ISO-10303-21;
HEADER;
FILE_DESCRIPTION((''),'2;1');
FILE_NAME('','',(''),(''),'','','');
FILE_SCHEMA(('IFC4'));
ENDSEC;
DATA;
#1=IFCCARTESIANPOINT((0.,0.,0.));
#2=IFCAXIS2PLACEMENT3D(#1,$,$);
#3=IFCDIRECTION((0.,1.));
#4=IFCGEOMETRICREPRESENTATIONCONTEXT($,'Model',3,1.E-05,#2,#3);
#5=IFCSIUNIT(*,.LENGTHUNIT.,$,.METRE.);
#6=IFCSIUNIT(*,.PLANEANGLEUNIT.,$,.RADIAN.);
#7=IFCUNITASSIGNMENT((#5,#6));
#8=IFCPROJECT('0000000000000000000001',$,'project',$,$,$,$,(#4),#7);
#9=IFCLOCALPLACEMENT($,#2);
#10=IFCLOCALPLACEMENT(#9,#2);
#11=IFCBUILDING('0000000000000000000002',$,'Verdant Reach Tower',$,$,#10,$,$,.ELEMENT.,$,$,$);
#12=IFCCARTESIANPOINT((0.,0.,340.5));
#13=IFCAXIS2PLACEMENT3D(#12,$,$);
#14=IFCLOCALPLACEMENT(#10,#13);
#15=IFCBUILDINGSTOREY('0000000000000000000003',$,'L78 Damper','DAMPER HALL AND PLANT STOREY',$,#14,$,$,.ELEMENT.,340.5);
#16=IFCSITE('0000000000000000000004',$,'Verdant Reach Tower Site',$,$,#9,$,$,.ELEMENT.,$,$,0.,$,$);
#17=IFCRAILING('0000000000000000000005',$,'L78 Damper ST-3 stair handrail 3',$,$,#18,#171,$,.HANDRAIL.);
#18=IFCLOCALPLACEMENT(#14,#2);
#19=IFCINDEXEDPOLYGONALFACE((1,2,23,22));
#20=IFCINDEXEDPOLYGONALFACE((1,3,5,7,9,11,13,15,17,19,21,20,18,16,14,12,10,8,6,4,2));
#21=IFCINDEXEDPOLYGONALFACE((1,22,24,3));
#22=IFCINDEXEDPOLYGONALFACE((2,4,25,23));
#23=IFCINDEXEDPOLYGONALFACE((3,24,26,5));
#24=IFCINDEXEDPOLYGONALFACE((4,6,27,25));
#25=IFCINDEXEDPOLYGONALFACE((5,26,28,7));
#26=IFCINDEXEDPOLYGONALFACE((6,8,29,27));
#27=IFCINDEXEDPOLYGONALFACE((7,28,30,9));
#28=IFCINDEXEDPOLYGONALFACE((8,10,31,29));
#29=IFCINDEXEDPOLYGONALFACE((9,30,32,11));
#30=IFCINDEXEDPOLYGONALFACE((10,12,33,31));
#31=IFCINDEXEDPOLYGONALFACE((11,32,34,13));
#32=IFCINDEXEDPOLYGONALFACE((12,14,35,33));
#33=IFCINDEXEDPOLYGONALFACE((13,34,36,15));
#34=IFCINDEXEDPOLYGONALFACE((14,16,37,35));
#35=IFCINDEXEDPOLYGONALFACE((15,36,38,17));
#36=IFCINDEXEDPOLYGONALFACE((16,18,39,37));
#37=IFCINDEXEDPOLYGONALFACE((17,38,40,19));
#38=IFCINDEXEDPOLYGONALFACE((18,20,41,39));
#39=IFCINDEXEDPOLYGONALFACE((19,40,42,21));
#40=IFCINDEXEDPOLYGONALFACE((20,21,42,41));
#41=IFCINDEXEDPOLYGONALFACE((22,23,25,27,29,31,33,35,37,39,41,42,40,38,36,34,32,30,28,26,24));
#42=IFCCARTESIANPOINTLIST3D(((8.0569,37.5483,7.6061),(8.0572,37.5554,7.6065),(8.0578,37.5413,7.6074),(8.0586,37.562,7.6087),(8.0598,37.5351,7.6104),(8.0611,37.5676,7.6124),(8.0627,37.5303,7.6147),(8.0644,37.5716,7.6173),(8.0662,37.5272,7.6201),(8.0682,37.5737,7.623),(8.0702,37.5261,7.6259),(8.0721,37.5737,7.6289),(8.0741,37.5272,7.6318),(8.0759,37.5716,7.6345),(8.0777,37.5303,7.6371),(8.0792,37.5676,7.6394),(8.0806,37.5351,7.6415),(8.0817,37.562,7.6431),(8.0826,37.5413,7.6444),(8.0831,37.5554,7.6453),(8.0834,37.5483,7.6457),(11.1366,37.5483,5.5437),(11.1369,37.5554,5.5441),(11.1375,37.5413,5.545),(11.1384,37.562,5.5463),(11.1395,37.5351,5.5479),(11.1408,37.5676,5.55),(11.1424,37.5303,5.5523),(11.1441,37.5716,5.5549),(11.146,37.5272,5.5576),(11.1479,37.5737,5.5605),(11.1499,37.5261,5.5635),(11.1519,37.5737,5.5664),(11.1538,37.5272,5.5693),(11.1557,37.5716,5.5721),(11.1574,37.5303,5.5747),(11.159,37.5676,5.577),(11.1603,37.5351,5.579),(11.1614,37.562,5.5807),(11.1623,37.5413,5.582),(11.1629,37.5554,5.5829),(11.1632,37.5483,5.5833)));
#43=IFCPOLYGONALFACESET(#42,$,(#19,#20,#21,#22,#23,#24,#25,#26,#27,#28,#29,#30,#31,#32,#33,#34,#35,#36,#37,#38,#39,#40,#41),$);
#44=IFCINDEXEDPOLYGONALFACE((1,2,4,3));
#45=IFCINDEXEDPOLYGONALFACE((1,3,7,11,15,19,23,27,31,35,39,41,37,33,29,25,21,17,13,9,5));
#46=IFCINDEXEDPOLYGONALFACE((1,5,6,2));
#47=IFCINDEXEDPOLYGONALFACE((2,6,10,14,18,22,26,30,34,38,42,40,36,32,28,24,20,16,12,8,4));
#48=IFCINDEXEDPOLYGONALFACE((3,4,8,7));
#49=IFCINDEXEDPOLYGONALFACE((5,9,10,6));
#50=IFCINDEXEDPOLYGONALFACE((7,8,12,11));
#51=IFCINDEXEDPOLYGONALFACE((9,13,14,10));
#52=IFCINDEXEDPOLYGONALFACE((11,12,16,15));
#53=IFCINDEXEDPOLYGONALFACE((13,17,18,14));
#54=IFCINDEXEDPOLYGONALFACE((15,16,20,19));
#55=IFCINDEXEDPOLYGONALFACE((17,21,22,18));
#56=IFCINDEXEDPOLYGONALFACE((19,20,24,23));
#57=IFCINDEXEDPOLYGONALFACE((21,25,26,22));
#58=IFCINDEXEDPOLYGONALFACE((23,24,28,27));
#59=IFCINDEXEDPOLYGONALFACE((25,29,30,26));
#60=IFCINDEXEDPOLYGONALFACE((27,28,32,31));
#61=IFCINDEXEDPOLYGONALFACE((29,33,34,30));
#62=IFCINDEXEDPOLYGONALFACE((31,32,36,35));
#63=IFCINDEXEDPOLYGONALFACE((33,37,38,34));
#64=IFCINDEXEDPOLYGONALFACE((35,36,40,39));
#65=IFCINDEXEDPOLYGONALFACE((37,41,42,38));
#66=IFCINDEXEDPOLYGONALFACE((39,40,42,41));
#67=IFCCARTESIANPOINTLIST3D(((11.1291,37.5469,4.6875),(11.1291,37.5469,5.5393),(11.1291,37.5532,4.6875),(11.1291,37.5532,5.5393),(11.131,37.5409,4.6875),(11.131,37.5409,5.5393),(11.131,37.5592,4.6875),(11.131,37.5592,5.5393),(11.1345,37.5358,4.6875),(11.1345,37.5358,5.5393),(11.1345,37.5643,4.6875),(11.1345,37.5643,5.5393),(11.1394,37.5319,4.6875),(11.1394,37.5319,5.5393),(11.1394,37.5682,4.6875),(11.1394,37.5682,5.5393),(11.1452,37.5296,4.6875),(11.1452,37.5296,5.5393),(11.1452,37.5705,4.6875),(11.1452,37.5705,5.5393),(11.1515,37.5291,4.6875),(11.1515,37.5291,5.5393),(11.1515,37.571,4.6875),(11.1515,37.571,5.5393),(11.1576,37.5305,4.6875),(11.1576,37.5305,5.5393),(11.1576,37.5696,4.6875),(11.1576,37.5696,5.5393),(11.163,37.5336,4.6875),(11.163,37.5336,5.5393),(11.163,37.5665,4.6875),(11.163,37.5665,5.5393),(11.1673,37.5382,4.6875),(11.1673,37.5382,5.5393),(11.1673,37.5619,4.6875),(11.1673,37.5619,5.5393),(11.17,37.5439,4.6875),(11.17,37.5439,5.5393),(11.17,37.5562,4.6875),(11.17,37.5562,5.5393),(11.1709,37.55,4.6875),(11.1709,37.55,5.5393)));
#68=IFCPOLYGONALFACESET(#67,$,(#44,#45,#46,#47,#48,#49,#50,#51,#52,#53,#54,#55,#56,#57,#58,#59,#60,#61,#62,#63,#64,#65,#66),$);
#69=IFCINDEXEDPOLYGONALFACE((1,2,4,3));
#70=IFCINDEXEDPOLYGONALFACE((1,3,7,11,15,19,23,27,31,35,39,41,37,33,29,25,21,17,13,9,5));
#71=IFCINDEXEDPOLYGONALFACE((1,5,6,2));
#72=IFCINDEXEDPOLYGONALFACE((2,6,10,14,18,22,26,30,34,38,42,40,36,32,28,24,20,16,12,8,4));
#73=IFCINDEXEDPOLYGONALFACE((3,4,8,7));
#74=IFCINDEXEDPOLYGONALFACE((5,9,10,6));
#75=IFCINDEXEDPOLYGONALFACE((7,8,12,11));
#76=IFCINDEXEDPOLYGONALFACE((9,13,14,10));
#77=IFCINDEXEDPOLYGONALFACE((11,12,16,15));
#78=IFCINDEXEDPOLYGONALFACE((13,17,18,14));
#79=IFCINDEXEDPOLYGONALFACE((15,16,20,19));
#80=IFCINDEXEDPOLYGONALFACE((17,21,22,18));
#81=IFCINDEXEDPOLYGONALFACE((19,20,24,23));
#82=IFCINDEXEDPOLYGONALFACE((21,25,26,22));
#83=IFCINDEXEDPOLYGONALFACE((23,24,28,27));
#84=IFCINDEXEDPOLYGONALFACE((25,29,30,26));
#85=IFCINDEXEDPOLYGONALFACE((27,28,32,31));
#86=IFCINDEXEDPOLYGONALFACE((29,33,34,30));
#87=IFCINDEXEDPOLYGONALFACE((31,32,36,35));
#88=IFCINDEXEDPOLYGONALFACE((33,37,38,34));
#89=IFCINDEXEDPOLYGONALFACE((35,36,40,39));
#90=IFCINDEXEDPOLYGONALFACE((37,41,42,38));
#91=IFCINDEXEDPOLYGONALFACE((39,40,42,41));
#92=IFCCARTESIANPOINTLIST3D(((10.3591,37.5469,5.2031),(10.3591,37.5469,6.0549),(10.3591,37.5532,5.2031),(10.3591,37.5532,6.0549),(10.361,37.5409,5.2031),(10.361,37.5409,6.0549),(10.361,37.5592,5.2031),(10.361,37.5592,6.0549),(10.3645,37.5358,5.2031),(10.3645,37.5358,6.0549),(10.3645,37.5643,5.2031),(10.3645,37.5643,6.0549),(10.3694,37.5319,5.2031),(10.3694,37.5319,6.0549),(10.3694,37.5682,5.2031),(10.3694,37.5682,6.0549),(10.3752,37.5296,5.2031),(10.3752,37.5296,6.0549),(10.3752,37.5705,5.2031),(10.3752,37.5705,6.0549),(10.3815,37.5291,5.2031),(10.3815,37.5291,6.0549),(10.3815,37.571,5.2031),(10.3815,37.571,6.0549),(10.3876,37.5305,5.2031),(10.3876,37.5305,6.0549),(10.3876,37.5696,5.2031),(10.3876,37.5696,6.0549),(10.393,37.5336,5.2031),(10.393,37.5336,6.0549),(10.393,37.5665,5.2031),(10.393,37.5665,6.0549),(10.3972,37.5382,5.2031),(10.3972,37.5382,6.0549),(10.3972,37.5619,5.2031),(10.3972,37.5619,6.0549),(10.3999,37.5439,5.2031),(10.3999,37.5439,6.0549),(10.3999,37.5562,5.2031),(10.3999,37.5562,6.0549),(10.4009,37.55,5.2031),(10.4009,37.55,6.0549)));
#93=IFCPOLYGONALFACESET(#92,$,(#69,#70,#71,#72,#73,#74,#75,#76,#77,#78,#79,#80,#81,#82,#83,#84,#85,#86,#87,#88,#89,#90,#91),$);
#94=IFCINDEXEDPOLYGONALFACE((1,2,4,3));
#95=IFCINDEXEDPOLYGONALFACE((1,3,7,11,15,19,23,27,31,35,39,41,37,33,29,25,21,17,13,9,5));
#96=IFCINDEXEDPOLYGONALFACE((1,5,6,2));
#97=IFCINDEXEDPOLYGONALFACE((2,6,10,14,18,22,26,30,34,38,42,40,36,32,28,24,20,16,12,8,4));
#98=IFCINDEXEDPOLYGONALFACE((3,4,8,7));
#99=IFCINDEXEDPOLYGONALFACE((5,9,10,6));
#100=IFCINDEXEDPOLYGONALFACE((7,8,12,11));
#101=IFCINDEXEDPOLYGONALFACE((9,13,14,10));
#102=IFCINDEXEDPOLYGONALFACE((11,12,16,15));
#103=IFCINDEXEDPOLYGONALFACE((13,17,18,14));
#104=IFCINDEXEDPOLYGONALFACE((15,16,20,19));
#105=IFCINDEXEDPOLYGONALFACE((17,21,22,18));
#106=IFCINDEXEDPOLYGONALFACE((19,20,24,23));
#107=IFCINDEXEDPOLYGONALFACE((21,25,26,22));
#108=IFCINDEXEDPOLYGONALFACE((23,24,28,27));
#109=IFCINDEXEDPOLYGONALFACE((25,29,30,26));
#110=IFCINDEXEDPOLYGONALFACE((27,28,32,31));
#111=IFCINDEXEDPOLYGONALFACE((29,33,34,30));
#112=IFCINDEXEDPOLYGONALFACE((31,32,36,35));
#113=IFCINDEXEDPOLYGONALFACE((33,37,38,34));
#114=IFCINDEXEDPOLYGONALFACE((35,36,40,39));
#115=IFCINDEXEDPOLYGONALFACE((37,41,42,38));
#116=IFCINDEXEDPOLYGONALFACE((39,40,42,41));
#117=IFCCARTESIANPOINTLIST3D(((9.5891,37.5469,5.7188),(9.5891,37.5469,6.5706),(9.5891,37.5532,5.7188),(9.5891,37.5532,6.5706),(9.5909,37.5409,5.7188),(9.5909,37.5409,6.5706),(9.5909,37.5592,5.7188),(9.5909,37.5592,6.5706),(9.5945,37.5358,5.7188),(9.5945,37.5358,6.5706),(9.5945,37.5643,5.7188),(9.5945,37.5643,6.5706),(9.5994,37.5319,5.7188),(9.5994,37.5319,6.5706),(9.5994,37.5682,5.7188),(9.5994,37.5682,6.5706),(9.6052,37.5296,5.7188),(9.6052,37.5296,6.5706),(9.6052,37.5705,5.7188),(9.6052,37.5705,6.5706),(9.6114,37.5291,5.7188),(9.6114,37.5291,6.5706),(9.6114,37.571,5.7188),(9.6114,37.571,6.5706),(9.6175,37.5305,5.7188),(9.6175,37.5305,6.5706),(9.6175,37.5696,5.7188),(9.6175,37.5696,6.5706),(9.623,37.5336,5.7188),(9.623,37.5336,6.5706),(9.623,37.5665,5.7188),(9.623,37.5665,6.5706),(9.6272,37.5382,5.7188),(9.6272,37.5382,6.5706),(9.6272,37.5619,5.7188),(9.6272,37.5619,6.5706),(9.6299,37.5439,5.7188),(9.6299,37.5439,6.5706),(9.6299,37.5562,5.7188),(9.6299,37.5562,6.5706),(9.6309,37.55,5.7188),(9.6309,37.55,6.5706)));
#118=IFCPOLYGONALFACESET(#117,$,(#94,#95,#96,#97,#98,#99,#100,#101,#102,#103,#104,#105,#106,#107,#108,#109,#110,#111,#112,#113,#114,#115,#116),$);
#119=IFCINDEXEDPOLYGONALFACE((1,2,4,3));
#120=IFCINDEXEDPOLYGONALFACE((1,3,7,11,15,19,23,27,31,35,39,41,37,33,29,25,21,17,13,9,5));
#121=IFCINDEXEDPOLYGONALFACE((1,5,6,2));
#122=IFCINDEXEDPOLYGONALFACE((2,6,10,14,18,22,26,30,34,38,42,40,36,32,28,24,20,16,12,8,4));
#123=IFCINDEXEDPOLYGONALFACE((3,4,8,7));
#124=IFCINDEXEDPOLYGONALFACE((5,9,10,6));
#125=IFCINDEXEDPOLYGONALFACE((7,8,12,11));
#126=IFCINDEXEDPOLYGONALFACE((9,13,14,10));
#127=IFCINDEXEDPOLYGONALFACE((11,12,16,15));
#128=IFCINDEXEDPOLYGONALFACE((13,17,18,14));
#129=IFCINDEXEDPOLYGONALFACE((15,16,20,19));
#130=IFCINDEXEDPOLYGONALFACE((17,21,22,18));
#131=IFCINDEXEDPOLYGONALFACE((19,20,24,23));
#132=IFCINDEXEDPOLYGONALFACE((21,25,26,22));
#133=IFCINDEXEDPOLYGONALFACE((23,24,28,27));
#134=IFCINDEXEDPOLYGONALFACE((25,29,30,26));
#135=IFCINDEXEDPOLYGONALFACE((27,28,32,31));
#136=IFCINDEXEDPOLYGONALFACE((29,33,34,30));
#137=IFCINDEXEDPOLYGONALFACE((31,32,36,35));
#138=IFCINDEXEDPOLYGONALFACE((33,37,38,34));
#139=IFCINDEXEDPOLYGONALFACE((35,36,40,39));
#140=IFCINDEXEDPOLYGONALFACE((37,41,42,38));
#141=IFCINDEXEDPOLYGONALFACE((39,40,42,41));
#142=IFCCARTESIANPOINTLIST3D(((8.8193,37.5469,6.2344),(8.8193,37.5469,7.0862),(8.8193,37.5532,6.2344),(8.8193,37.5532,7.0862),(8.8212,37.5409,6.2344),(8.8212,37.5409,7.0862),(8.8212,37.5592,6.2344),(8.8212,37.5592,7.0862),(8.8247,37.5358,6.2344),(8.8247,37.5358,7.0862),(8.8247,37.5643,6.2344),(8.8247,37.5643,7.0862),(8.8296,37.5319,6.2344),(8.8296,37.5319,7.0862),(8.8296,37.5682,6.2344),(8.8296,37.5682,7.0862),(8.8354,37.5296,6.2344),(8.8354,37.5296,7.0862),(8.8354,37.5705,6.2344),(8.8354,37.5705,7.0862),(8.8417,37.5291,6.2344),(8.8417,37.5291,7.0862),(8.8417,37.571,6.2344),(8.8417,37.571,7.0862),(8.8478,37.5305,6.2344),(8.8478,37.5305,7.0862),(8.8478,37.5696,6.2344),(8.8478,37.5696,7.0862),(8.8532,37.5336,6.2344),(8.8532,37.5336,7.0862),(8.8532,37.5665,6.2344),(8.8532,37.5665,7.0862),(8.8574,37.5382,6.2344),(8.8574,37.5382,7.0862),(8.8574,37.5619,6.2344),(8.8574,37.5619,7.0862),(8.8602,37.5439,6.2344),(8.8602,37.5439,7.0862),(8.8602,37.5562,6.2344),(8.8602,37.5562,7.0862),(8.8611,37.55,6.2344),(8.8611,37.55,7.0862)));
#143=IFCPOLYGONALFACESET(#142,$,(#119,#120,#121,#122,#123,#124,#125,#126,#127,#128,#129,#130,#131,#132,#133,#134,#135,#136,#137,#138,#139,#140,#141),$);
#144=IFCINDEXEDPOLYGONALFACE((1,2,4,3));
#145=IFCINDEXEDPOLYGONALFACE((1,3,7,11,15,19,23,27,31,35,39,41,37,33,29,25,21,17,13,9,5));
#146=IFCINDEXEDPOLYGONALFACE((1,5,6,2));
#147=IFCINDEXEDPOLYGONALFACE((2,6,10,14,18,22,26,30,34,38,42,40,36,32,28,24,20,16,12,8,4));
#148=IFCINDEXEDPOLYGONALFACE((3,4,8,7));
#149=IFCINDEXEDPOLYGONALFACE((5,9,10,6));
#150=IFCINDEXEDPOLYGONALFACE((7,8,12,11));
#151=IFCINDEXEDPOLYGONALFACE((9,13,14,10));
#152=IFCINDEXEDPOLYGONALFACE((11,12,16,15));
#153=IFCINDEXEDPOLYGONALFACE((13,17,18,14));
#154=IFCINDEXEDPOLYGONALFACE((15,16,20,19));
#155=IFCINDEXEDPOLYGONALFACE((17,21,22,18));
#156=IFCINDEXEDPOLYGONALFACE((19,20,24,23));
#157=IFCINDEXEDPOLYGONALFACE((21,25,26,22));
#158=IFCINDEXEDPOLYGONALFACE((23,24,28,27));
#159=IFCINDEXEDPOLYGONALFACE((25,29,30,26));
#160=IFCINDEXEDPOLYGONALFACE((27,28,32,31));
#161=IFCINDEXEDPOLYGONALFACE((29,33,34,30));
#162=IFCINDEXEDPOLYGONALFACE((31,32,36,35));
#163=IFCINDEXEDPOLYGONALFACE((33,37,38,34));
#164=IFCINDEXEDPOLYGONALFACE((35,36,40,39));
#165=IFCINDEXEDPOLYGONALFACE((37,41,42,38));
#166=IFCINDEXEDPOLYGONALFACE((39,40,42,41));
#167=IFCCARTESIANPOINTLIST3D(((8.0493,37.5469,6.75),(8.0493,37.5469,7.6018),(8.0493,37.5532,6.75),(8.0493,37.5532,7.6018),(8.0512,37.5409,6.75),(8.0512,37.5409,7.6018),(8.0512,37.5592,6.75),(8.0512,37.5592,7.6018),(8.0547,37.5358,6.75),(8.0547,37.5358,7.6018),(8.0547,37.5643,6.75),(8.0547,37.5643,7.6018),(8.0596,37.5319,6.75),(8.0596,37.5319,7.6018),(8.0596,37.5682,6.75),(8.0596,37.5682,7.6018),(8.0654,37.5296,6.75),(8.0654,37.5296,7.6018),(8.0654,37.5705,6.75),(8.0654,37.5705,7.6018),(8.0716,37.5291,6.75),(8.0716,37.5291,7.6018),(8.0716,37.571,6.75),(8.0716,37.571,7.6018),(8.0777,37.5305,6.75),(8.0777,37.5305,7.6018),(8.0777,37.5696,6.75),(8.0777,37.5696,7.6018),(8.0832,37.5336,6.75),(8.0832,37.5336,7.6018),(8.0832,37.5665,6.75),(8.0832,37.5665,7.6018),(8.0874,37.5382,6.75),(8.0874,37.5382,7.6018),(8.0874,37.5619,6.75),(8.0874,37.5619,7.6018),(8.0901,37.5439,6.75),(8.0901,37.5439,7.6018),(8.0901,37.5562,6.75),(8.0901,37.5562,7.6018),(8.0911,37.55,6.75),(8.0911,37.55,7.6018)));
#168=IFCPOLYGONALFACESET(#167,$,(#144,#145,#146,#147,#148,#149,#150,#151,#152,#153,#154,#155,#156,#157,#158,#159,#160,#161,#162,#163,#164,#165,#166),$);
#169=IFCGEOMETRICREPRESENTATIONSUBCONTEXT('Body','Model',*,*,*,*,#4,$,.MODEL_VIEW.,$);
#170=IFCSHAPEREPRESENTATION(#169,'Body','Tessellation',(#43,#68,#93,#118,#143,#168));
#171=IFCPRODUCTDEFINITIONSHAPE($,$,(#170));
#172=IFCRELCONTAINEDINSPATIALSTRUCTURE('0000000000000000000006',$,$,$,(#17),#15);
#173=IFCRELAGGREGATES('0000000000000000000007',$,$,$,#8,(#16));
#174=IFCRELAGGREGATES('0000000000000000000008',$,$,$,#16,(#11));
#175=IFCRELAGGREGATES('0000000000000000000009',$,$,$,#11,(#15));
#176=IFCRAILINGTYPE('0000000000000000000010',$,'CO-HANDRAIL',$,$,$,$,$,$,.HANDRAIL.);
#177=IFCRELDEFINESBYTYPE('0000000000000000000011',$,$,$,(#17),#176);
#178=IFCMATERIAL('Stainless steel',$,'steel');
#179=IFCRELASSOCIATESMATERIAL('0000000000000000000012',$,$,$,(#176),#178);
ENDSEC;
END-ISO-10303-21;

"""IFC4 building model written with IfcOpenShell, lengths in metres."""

from ifc_helpers import new_model, si_unit, direction, frame, origin, origin_2d, place, context, subcontext, project, spatial, circle, extrude, material, type_object, element, save


model = new_model("IFC4")

# Units and contexts
model_context = context("Model", 3, precision=1e-05, world=origin(), true_north=direction((0.0, 1.0)))
body_context = subcontext(model_context, "Body", "Model", "MODEL_VIEW")
ifc_project = project(units=[si_unit("LENGTHUNIT", "METRE"), si_unit("PLANEANGLEUNIT", "RADIAN")], contexts=[model_context])

# Site, building, storey
site_placement = place(None, origin())
site = spatial("IfcSite", under=ifc_project, at=site_placement, Name="Verdant Reach Tower Site", CompositionType="ELEMENT", RefElevation=0.0)
building_placement = place(site_placement, origin())
building = spatial("IfcBuilding", under=site, at=building_placement, Name="Verdant Reach Tower", CompositionType="ELEMENT")
storey_placement = place(building_placement, frame((0.0, 0.0, 340.5)))
storey = spatial("IfcBuildingStorey", under=building, at=storey_placement, Name="L78 Damper", Description="DAMPER HALL AND PLANT STOREY", CompositionType="ELEMENT", Elevation=340.5)

# Railing
ifc_material_1 = material(Name="Stainless steel", Category="steel")
railing_type_1 = type_object("IfcRailingType", Name="CO-HANDRAIL", PredefinedType="HANDRAIL", material=ifc_material_1)
for number, where, name in (
    (1, (11.1499, 37.55, 4.6875), "L78 Damper ST-3 stair handrail 3"),
):
    element("IfcRailing", number, at=place(storey_placement, frame(where)), inside=storey, type_object=railing_type_1, Name=name, PredefinedType="HANDRAIL", context=body_context, shape_type="SweptSolid", body=[
        extrude(circle(Radius=0.0239, at=origin_2d()), frame((0.0, 0.0, 0.876), z_axis=(-0.830893, 0.0, 0.556432), x_axis=(0.0, -1.0, 0.0)), (0.0, 0.0, 1.0), 3.7065),
        extrude(circle(Radius=0.021, at=origin_2d()), origin(), (0.0, 0.0, 1.0), 0.8518),
        extrude(circle(Radius=0.021, at=origin_2d()), frame((-0.77, 0.0, 0.5156)), (0.0, 0.0, 1.0), 0.8518),
        extrude(circle(Radius=0.021, at=origin_2d()), frame((-1.54, 0.0, 1.0312)), (0.0, 0.0, 1.0), 0.8518),
        extrude(circle(Radius=0.021, at=origin_2d()), frame((-2.3098, 0.0, 1.5469)), (0.0, 0.0, 1.0), 0.8518),
        extrude(circle(Radius=0.021, at=origin_2d()), frame((-3.0798, 0.0, 2.0625)), (0.0, 0.0, 1.0), 0.8518),
    ])

save(model, "model.ifc")
